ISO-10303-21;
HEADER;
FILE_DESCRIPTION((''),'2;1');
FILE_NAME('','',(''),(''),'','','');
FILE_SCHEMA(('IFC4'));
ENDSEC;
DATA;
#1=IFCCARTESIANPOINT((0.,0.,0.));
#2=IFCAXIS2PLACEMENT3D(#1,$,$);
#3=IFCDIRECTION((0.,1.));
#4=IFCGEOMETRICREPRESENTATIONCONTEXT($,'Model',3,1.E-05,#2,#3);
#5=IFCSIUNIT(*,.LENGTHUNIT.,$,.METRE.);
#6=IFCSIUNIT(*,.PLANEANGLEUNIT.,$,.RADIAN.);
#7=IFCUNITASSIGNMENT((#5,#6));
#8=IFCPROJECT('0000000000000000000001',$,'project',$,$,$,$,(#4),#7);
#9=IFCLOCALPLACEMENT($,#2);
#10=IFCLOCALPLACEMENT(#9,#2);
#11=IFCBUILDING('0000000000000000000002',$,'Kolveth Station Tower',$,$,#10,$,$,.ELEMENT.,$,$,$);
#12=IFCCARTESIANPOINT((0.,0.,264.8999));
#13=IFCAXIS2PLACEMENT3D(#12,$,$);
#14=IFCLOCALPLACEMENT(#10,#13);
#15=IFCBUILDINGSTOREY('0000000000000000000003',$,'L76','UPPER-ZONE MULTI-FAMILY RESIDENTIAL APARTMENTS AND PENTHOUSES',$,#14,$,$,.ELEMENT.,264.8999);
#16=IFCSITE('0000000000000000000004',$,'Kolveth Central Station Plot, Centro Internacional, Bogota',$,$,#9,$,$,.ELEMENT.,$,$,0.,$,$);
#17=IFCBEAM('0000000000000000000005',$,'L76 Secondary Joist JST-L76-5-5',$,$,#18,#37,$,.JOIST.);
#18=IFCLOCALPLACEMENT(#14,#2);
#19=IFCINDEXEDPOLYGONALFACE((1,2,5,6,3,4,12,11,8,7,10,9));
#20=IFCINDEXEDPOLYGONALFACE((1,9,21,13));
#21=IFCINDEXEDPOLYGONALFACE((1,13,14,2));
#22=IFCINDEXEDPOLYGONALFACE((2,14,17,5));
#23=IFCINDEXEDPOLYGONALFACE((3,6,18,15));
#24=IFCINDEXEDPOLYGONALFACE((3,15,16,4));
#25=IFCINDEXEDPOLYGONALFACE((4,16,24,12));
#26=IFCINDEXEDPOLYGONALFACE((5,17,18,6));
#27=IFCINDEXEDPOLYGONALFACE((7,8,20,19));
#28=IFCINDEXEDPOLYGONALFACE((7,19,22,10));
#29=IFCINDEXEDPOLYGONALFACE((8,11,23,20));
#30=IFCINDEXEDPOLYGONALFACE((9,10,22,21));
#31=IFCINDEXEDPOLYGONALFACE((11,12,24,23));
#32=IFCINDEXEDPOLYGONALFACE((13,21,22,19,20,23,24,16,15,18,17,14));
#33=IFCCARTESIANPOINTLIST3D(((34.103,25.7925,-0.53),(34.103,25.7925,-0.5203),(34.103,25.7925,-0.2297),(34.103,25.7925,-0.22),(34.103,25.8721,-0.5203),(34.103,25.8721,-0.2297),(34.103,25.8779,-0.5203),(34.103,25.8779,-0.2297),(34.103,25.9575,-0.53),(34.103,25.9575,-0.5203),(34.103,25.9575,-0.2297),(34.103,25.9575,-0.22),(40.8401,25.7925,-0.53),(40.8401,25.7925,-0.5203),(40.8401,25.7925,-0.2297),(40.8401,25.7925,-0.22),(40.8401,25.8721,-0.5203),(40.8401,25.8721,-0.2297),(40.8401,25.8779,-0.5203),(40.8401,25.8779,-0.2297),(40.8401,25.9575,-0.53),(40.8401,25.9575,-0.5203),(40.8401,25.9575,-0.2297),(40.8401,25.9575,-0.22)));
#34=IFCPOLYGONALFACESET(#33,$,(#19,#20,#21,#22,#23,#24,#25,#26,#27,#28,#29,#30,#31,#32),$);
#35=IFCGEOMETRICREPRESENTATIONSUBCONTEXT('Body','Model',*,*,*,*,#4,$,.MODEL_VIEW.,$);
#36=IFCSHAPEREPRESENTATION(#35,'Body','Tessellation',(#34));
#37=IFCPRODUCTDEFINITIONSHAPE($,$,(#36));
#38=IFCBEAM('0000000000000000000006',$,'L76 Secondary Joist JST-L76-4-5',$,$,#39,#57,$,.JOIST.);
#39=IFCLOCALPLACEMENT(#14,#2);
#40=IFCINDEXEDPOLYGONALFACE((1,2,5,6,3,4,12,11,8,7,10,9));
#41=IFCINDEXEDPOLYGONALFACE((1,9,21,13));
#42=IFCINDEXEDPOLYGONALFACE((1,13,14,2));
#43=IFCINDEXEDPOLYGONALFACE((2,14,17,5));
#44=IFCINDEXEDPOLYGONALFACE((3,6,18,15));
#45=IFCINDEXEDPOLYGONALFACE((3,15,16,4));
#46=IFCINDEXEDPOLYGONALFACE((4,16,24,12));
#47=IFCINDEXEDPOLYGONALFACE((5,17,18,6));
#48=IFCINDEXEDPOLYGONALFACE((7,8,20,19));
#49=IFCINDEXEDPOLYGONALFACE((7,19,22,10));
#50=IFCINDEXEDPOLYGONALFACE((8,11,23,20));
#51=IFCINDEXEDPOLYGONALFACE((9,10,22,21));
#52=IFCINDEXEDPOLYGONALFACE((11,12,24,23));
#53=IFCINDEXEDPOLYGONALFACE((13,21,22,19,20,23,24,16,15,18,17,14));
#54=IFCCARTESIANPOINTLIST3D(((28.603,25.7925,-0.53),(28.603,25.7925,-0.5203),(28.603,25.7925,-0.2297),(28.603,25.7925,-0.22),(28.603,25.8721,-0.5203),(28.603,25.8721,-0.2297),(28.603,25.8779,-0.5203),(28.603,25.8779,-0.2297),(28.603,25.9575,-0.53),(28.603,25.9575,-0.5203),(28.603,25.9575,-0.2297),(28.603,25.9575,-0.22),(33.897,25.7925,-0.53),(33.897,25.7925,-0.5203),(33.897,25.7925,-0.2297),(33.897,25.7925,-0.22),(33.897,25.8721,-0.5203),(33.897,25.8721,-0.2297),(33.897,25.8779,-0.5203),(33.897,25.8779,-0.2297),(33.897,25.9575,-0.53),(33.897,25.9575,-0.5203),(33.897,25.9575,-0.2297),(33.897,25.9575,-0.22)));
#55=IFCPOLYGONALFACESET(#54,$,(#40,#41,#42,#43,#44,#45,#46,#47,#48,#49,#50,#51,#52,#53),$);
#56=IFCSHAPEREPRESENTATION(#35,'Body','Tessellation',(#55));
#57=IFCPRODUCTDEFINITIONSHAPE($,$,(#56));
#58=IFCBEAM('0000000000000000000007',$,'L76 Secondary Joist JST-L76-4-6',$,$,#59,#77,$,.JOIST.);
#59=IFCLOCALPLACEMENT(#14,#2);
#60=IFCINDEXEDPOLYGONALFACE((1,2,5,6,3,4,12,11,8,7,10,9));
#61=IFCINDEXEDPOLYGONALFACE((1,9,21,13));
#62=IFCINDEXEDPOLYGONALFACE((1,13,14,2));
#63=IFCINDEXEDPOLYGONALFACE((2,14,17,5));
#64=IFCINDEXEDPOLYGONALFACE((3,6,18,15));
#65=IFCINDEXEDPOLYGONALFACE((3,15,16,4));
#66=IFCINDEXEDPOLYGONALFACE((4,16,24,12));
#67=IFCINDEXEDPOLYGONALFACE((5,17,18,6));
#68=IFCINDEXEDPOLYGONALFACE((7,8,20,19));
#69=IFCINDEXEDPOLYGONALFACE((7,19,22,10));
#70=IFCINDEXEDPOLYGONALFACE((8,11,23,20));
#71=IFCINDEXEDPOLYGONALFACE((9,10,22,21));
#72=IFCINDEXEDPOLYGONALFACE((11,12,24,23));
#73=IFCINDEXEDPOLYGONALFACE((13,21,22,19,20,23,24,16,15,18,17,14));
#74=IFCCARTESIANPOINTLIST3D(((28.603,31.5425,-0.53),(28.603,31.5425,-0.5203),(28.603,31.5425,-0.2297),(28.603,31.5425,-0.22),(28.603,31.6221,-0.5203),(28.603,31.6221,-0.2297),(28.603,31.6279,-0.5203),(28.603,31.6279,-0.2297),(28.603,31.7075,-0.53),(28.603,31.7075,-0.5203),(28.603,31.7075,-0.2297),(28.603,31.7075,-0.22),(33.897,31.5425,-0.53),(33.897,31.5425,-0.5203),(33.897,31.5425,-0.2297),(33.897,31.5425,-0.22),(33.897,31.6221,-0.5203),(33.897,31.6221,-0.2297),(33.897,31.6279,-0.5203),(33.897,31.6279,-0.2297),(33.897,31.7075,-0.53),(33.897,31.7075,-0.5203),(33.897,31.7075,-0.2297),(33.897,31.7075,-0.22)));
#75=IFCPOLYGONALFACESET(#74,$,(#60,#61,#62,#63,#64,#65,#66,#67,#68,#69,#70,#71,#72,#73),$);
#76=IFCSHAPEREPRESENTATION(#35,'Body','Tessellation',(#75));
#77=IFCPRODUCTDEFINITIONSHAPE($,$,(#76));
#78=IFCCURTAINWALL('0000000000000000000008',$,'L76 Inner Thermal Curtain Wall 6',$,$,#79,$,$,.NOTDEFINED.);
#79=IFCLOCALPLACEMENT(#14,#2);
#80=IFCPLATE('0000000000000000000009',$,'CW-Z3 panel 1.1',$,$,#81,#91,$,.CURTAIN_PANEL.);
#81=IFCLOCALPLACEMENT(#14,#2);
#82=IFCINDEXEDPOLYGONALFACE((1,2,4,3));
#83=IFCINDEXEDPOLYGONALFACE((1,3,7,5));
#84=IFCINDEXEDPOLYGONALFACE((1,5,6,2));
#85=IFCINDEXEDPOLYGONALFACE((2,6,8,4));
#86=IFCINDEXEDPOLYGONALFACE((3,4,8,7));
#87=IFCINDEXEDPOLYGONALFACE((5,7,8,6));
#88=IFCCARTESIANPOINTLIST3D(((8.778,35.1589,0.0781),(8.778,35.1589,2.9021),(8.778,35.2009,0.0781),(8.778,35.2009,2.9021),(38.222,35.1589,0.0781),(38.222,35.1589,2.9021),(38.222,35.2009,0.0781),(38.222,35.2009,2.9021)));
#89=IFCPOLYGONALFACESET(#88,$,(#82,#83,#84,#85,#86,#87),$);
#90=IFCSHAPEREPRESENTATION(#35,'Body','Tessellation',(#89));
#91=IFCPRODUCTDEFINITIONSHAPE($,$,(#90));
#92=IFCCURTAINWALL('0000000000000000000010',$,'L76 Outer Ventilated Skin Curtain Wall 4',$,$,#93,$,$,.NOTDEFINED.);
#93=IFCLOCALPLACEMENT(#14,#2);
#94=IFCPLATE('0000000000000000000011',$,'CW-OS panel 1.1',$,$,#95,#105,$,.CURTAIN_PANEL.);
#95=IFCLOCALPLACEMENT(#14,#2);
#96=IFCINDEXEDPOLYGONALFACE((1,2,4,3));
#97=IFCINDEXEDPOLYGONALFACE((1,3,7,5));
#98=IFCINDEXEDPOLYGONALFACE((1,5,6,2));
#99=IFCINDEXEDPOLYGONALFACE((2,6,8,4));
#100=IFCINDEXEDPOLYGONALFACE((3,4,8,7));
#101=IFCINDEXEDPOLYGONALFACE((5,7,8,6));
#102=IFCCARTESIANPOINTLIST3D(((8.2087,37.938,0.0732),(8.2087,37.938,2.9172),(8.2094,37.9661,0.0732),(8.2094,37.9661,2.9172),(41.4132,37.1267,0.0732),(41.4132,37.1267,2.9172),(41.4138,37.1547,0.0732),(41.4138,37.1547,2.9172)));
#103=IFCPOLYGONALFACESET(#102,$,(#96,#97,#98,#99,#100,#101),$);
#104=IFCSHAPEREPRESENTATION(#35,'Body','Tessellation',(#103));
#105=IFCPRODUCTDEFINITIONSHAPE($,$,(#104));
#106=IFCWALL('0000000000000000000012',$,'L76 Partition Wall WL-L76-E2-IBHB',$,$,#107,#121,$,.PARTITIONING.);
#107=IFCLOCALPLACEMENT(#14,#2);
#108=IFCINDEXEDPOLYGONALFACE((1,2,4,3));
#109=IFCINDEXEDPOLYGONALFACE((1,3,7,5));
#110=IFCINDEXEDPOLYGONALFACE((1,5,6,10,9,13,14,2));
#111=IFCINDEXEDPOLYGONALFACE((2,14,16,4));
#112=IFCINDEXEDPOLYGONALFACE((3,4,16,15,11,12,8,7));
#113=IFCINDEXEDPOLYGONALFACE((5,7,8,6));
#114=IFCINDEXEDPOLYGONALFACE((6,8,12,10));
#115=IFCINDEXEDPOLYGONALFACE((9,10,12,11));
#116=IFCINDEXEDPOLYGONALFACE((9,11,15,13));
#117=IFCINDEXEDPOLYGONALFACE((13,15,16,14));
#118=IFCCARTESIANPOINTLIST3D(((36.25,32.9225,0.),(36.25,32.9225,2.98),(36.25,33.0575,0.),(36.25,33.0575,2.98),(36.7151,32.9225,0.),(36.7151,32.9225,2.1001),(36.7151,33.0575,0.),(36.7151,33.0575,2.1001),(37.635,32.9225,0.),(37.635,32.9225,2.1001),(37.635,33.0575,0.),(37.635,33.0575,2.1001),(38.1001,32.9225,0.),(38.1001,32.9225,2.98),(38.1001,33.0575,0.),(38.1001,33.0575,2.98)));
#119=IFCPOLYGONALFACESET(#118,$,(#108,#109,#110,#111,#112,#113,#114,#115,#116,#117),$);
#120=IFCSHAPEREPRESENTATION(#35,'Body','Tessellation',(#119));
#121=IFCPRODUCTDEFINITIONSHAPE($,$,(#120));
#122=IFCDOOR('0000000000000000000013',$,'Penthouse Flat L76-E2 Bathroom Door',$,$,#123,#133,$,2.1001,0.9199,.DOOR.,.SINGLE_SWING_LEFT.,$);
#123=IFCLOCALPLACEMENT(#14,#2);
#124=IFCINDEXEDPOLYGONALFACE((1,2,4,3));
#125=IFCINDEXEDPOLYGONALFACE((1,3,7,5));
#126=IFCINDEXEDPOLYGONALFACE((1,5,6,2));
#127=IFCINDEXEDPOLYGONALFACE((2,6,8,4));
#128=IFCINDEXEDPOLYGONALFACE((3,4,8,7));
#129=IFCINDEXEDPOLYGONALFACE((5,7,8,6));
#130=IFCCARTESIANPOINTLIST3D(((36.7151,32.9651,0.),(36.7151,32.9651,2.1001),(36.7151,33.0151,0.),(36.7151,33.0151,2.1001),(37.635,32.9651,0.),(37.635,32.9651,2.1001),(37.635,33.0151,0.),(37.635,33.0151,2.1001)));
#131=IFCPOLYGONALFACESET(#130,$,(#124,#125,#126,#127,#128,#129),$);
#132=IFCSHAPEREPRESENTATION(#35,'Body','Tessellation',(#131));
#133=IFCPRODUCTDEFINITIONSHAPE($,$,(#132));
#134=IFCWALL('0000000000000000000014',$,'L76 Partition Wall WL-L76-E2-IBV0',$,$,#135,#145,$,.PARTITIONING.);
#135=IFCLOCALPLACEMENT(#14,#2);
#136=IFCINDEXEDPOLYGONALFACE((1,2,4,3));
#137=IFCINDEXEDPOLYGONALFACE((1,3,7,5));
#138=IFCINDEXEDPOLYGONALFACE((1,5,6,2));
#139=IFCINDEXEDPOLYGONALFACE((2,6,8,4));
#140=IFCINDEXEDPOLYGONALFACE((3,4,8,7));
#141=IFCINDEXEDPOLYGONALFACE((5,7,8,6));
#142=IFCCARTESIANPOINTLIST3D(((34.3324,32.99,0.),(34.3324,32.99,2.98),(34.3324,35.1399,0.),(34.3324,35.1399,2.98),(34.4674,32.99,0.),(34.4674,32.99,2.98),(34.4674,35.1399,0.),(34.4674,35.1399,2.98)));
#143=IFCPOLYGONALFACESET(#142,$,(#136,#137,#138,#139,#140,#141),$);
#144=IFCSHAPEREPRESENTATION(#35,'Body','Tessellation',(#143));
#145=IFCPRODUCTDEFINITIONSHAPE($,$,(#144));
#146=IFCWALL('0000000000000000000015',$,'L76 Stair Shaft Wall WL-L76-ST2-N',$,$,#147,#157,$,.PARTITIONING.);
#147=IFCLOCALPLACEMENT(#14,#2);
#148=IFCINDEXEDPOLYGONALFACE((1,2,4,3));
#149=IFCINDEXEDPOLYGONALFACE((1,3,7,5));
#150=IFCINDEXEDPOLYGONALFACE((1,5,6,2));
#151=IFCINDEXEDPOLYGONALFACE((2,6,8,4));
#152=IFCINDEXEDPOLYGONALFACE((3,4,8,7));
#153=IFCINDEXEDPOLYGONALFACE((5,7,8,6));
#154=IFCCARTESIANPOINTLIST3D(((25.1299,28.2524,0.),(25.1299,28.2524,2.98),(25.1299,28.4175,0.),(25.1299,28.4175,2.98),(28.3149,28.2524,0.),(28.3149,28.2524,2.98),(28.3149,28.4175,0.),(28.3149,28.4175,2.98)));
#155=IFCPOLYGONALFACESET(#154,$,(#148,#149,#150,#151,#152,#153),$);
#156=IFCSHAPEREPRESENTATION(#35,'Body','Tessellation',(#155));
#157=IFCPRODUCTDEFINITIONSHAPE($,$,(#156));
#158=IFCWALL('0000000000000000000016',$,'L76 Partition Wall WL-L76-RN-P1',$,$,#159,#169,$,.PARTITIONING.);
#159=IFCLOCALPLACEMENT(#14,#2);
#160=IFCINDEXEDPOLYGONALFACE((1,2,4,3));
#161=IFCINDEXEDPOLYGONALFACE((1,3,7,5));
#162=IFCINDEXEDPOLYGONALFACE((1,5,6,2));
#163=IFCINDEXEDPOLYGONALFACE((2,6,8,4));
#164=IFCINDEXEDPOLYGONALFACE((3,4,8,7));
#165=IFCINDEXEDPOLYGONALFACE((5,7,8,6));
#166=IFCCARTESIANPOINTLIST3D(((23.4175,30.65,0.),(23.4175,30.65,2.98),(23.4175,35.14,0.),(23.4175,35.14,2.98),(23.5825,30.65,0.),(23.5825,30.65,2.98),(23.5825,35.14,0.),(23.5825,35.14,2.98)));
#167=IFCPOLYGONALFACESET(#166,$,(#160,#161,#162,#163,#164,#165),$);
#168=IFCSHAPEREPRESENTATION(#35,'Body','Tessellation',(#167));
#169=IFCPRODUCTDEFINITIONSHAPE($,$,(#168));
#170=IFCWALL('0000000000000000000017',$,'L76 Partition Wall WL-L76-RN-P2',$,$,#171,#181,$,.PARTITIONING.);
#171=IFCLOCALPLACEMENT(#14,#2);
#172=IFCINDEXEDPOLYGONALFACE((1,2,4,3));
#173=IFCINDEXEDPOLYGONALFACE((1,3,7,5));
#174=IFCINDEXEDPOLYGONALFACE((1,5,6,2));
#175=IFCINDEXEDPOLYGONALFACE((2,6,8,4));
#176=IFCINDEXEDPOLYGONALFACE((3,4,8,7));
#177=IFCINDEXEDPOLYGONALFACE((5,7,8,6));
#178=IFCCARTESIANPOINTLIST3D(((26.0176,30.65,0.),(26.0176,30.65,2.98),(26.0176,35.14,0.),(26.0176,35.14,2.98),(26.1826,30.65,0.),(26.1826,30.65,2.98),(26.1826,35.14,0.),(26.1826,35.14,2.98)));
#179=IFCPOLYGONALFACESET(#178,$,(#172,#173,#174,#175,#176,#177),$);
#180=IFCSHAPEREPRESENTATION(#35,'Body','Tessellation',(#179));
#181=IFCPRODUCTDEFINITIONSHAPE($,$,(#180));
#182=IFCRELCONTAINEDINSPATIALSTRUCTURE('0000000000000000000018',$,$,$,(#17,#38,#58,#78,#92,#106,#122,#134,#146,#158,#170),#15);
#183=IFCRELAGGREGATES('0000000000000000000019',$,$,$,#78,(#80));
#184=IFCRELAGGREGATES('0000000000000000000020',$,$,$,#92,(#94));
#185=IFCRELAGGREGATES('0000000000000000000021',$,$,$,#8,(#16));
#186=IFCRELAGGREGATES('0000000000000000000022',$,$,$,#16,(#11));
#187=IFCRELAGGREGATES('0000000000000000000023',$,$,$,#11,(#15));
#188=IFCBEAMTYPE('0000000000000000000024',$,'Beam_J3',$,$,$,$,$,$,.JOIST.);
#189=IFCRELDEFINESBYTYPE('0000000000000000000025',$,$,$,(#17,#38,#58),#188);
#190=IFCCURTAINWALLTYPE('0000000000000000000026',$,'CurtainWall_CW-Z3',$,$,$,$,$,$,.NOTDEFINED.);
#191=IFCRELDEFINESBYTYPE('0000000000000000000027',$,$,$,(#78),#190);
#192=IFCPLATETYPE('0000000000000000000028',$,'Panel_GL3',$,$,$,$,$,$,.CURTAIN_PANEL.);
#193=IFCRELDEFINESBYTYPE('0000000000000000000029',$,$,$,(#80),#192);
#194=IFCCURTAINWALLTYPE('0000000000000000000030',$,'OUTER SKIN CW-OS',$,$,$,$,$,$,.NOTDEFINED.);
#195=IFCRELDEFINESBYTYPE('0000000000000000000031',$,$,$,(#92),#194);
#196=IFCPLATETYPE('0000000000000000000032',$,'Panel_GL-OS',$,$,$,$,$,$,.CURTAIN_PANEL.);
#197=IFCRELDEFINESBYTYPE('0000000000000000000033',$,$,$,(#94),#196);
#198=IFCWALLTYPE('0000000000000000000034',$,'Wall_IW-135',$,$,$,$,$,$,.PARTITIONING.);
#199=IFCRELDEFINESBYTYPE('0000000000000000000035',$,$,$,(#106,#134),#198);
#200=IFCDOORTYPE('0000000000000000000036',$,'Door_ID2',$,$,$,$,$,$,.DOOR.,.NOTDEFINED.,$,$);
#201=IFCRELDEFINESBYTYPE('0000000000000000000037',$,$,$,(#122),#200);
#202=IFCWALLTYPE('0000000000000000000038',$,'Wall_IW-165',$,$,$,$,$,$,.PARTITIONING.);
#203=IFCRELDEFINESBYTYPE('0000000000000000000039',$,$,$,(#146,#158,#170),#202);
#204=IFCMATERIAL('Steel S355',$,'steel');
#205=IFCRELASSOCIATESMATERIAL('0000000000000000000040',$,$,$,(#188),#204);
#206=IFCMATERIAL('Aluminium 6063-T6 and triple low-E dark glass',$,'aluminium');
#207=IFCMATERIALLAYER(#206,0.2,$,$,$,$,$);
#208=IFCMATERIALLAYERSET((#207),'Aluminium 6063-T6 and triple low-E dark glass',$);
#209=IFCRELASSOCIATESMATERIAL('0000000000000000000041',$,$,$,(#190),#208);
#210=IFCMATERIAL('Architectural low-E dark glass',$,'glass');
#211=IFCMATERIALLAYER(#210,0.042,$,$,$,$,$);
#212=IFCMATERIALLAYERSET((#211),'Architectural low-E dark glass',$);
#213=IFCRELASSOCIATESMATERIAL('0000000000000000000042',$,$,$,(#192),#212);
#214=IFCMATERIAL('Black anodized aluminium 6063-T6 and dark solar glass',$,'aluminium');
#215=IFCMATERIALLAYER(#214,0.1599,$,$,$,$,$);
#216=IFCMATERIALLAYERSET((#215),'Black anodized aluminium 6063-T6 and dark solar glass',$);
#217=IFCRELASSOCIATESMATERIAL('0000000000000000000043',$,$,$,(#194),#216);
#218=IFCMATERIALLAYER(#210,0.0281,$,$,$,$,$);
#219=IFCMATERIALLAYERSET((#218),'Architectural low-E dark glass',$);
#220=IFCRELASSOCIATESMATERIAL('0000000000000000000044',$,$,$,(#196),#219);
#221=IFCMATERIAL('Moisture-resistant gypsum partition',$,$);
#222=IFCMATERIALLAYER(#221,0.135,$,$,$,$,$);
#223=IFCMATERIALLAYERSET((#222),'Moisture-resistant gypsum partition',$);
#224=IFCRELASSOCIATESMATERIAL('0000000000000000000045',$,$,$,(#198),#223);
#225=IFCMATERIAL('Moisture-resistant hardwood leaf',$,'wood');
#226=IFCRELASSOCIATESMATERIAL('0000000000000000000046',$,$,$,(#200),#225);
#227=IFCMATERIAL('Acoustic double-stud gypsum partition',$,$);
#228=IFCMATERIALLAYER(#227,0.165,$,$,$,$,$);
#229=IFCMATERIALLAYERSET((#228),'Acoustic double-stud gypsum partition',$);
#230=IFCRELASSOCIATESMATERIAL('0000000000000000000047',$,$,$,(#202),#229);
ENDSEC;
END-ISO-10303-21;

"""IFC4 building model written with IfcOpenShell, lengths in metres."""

from ifc_helpers import new_model, si_unit, direction, frame, frame_2d, origin, origin_2d, place, context, subcontext, project, spatial, rectangle, i_section, extrude, source, transform, mapped, material, layer, layer_set, material_profile, profile_set, type_object, element, fill, aggregate, save


model = new_model("IFC4")

# Units and contexts
model_context = context("Model", 3, precision=1e-05, world=origin(), true_north=direction((0.0, 1.0)))
body_context = subcontext(model_context, "Body", "Model", "MODEL_VIEW")
ifc_project = project(units=[si_unit("LENGTHUNIT", "METRE"), si_unit("PLANEANGLEUNIT", "RADIAN")], contexts=[model_context])

# Site, building, storey
site_placement = place(None, origin())
site = spatial("IfcSite", under=ifc_project, at=site_placement, Name="Kolveth Central Station Plot, Centro Internacional, Bogota", CompositionType="ELEMENT", RefElevation=0.0)
building_placement = place(site_placement, origin())
building = spatial("IfcBuilding", under=site, at=building_placement, Name="Kolveth Station Tower", CompositionType="ELEMENT")
storey_placement = place(building_placement, frame((0.0, 0.0, 264.8999)))
storey = spatial("IfcBuildingStorey", under=building, at=storey_placement, Name="L76", Description="UPPER-ZONE MULTI-FAMILY RESIDENTIAL APARTMENTS AND PENTHOUSES", CompositionType="ELEMENT", Elevation=264.8999)

# Shared definitions
ifc_material_1 = material(Name="Steel S355", Category="steel")

# Beams
ifc_material_profile_1 = material_profile(ifc_material_1, i_section(OverallWidth=0.165, OverallDepth=0.3101, WebThickness=0.0059, FlangeThickness=0.0098, at=origin_2d()), Name="W310x39")
ifc_profile_set_1 = profile_set([ifc_material_profile_1], Name="Steel S355")
beam_type_1 = type_object("IfcBeamType", Name="Beam_J3", PredefinedType="JOIST", material=ifc_profile_set_1)
shared_shape_1 = source(origin(), body_context, "Body", "SweptSolid", [
    extrude(i_section(OverallWidth=0.165, OverallDepth=0.3101, WebThickness=0.0059, FlangeThickness=0.0098, at=origin_2d()), origin(), (0.0, 0.0, 1.0), 6.7371),
])
beam_1_placement = place(storey_placement, frame((34.103, 25.875, -0.375), z_axis=(1.0, 0.0, 0.0), x_axis=(0.0, 1.0, 0.0)))
element("IfcBeam", 1, at=beam_1_placement, inside=storey, type_object=beam_type_1, Name="L76 Secondary Joist JST-L76-5-5", PredefinedType="JOIST", context=body_context, shape_type="MappedRepresentation", body=[
    mapped(shared_shape_1, transform((0.0, 0.0, 0.0), x_axis=(1.0, 0.0, 0.0), y_axis=(0.0, 1.0, 0.0), z_axis=(0.0, 0.0, 1.0), scale=1.0)),
])
shared_shape_2 = source(origin(), body_context, "Body", "SweptSolid", [
    extrude(i_section(OverallWidth=0.165, OverallDepth=0.3101, WebThickness=0.0059, FlangeThickness=0.0098, at=origin_2d()), origin(), (0.0, 0.0, 1.0), 5.2939),
])
for number, where, z_axis, x_axis, name in (
    (2, (28.603, 25.875, -0.375), (1.0, 0.0, 0.0), (0.0, 1.0, 0.0), "L76 Secondary Joist JST-L76-4-5"),
    (3, (28.603, 31.625, -0.375), (1.0, 0.0, 0.0), (0.0, 1.0, 0.0), "L76 Secondary Joist JST-L76-4-6"),
):
    element("IfcBeam", number, at=place(storey_placement, frame(where, z_axis=z_axis, x_axis=x_axis)), inside=storey, type_object=beam_type_1, Name=name, PredefinedType="JOIST", context=body_context, shape_type="MappedRepresentation", body=[
        mapped(shared_shape_2, transform((0.0, 0.0, 0.0), x_axis=(1.0, 0.0, 0.0), y_axis=(0.0, 1.0, 0.0), z_axis=(0.0, 0.0, 1.0), scale=1.0)),
    ])

# Curtain walls, plates
ifc_material_2 = material(Name="Aluminium 6063-T6 and triple low-E dark glass", Category="aluminium")
ifc_layer_1 = layer(ifc_material_2, 0.2)
ifc_layer_set_1 = layer_set([ifc_layer_1], Name="Aluminium 6063-T6 and triple low-E dark glass")
curtain_wall_type_1 = type_object("IfcCurtainWallType", Name="CurtainWall_CW-Z3", PredefinedType="NOTDEFINED", material=ifc_layer_set_1)
curtain_wall_1_placement = place(storey_placement, origin())
curtain_wall_1 = element("IfcCurtainWall", 4, at=curtain_wall_1_placement, inside=storey, type_object=curtain_wall_type_1, Name="L76 Inner Thermal Curtain Wall 6", PredefinedType="NOTDEFINED")
ifc_material_3 = material(Name="Architectural low-E dark glass", Category="glass")
ifc_layer_2 = layer(ifc_material_3, 0.042)
ifc_layer_set_2 = layer_set([ifc_layer_2], Name="Architectural low-E dark glass")
plate_type_1 = type_object("IfcPlateType", Name="Panel_GL3", PredefinedType="CURTAIN_PANEL", material=ifc_layer_set_2)
shared_shape_3 = source(origin(), body_context, "Body", "SweptSolid", [
    extrude(rectangle(XDim=29.4441, YDim=0.042, at=origin_2d()), origin(), (0.0, 0.0, 1.0), 2.824),
])
plate_1_placement = place(storey_placement, frame((23.5, 35.1799, 0.0781), z_axis=(0.0, 0.0, 1.0), x_axis=(-1.0, 0.0, 0.0)))
plate_1 = element("IfcPlate", 5, at=plate_1_placement, type_object=plate_type_1, Name="CW-Z3 panel 1.1", PredefinedType="CURTAIN_PANEL", context=body_context, shape_type="MappedRepresentation", body=[
    mapped(shared_shape_3, transform((0.0, 0.0, 0.0), x_axis=(1.0, 0.0, 0.0), y_axis=(0.0, 1.0, 0.0), z_axis=(0.0, 0.0, 1.0), scale=1.0)),
])
aggregate(curtain_wall_1, [plate_1])
ifc_material_4 = material(Name="Black anodized aluminium 6063-T6 and dark solar glass", Category="aluminium")
ifc_layer_3 = layer(ifc_material_4, 0.1599)
ifc_layer_set_3 = layer_set([ifc_layer_3], Name="Black anodized aluminium 6063-T6 and dark solar glass")
curtain_wall_type_2 = type_object("IfcCurtainWallType", Name="OUTER SKIN CW-OS", PredefinedType="NOTDEFINED", material=ifc_layer_set_3)
curtain_wall_2_placement = place(storey_placement, origin())
curtain_wall_2 = element("IfcCurtainWall", 6, at=curtain_wall_2_placement, inside=storey, type_object=curtain_wall_type_2, Name="L76 Outer Ventilated Skin Curtain Wall 4", PredefinedType="NOTDEFINED")
ifc_layer_4 = layer(ifc_material_3, 0.0281)
ifc_layer_set_4 = layer_set([ifc_layer_4], Name="Architectural low-E dark glass")
plate_type_2 = type_object("IfcPlateType", Name="Panel_GL-OS", PredefinedType="CURTAIN_PANEL", material=ifc_layer_set_4)
shared_shape_4 = source(origin(), body_context, "Body", "SweptSolid", [
    extrude(rectangle(XDim=33.2144, YDim=0.0281, at=origin_2d()), origin(), (0.0, 0.0, 1.0), 2.844),
])
plate_2_placement = place(storey_placement, frame((24.8113, 37.5464, 0.0732), z_axis=(0.0, 0.0, 1.0), x_axis=(-0.999702, 0.024428, 0.0)))
plate_2 = element("IfcPlate", 7, at=plate_2_placement, type_object=plate_type_2, Name="CW-OS panel 1.1", PredefinedType="CURTAIN_PANEL", context=body_context, shape_type="MappedRepresentation", body=[
    mapped(shared_shape_4, transform((0.0, 0.0, 0.0), x_axis=(1.0, 0.0, 0.0), y_axis=(0.0, 1.0, 0.0), z_axis=(0.0, 0.0, 1.0), scale=1.0)),
])
aggregate(curtain_wall_2, [plate_2])

# Wall, opening, door
ifc_material_5 = material(Name="Moisture-resistant gypsum partition")
ifc_layer_5 = layer(ifc_material_5, 0.135)
ifc_layer_set_5 = layer_set([ifc_layer_5], Name="Moisture-resistant gypsum partition")
wall_type_1 = type_object("IfcWallType", Name="Wall_IW-135", PredefinedType="PARTITIONING", material=ifc_layer_set_5)
wall_1_placement = place(storey_placement, frame((36.25, 32.99, 0.0), z_axis=(0.0, 0.0, 1.0), x_axis=(1.0, 0.0, 0.0)))
wall_1 = element("IfcWall", 8, at=wall_1_placement, inside=storey, type_object=wall_type_1, Name="L76 Partition Wall WL-L76-E2-IBHB", PredefinedType="PARTITIONING", context=body_context, shape_type="SweptSolid", body=[
    extrude(rectangle(XDim=1.8501, YDim=0.135, at=frame_2d((0.925, 0.0))), origin(), (0.0, 0.0, 1.0), 2.98),
])
opening_1_placement = place(wall_1_placement, frame((0.4651, 0.0, 0.0)))
opening_1 = element("IfcOpeningElement", 9, at=opening_1_placement, cuts=wall_1, PredefinedType="OPENING", context=body_context, shape_type="SweptSolid", body=[
    extrude(rectangle(XDim=0.9199, YDim=2.1001, at=frame_2d((0.46, 1.05))), frame((0.0, 0.0774, 0.0), z_axis=(0.0, -1.0, 0.0), x_axis=(1.0, 0.0, 0.0)), (0.0, 0.0, 1.0), 0.155),
])
ifc_material_6 = material(Name="Moisture-resistant hardwood leaf", Category="wood")
door_type_1 = type_object("IfcDoorType", Name="Door_ID2", OperationType="NOTDEFINED", PredefinedType="DOOR", material=ifc_material_6)
door_1_placement = place(opening_1_placement, frame((0.9199, 0.0, 0.0), z_axis=(0.0, 0.0, 1.0), x_axis=(-1.0, 0.0, 0.0)))
door_1 = element("IfcDoor", 10, at=door_1_placement, inside=storey, type_object=door_type_1, Name="Penthouse Flat L76-E2 Bathroom Door", OperationType="SINGLE_SWING_LEFT", OverallHeight=2.1001, OverallWidth=0.9199, PredefinedType="DOOR", context=body_context, shape_type="SweptSolid", body=[
    extrude(rectangle(XDim=0.9199, YDim=2.1001, at=frame_2d((0.46, 1.05))), frame((0.0, 0.0249, 0.0), z_axis=(0.0, -1.0, 0.0), x_axis=(1.0, 0.0, 0.0)), (0.0, 0.0, 1.0), 0.05),
])
fill(opening_1, door_1)

# Walls
wall_2_placement = place(storey_placement, frame((34.3999, 32.99, 0.0), z_axis=(0.0, 0.0, 1.0), x_axis=(0.0, 1.0, 0.0)))
element("IfcWall", 11, at=wall_2_placement, inside=storey, type_object=wall_type_1, Name="L76 Partition Wall WL-L76-E2-IBV0", PredefinedType="PARTITIONING", context=body_context, shape_type="SweptSolid", body=[
    extrude(rectangle(XDim=2.1499, YDim=0.135, at=frame_2d((1.075, 0.0))), origin(), (0.0, 0.0, 1.0), 2.98),
])
ifc_material_7 = material(Name="Acoustic double-stud gypsum partition")
ifc_layer_6 = layer(ifc_material_7, 0.165)
ifc_layer_set_6 = layer_set([ifc_layer_6], Name="Acoustic double-stud gypsum partition")
wall_type_2 = type_object("IfcWallType", Name="Wall_IW-165", PredefinedType="PARTITIONING", material=ifc_layer_set_6)
wall_3_placement = place(storey_placement, frame((25.1299, 28.335, 0.0), z_axis=(0.0, 0.0, 1.0), x_axis=(1.0, 0.0, 0.0)))
element("IfcWall", 12, at=wall_3_placement, inside=storey, type_object=wall_type_2, Name="L76 Stair Shaft Wall WL-L76-ST2-N", PredefinedType="PARTITIONING", context=body_context, shape_type="SweptSolid", body=[
    extrude(rectangle(XDim=3.1851, YDim=0.165, at=frame_2d((1.5925, 0.0))), origin(), (0.0, 0.0, 1.0), 2.98),
])
for number, where, z_axis, x_axis, name in (
    (13, (23.5, 30.6499, 0.0), (0.0, 0.0, 1.0), (0.0, 1.0, 0.0), "L76 Partition Wall WL-L76-RN-P1"),
    (14, (26.1001, 30.6499, 0.0), (0.0, 0.0, 1.0), (0.0, 1.0, 0.0), "L76 Partition Wall WL-L76-RN-P2"),
):
    element("IfcWall", number, at=place(storey_placement, frame(where, z_axis=z_axis, x_axis=x_axis)), inside=storey, type_object=wall_type_2, Name=name, PredefinedType="PARTITIONING", context=body_context, shape_type="SweptSolid", body=[
        extrude(rectangle(XDim=4.49, YDim=0.165, at=frame_2d((2.2451, 0.0))), origin(), (0.0, 0.0, 1.0), 2.98),
    ])

save(model, "model.ifc")
